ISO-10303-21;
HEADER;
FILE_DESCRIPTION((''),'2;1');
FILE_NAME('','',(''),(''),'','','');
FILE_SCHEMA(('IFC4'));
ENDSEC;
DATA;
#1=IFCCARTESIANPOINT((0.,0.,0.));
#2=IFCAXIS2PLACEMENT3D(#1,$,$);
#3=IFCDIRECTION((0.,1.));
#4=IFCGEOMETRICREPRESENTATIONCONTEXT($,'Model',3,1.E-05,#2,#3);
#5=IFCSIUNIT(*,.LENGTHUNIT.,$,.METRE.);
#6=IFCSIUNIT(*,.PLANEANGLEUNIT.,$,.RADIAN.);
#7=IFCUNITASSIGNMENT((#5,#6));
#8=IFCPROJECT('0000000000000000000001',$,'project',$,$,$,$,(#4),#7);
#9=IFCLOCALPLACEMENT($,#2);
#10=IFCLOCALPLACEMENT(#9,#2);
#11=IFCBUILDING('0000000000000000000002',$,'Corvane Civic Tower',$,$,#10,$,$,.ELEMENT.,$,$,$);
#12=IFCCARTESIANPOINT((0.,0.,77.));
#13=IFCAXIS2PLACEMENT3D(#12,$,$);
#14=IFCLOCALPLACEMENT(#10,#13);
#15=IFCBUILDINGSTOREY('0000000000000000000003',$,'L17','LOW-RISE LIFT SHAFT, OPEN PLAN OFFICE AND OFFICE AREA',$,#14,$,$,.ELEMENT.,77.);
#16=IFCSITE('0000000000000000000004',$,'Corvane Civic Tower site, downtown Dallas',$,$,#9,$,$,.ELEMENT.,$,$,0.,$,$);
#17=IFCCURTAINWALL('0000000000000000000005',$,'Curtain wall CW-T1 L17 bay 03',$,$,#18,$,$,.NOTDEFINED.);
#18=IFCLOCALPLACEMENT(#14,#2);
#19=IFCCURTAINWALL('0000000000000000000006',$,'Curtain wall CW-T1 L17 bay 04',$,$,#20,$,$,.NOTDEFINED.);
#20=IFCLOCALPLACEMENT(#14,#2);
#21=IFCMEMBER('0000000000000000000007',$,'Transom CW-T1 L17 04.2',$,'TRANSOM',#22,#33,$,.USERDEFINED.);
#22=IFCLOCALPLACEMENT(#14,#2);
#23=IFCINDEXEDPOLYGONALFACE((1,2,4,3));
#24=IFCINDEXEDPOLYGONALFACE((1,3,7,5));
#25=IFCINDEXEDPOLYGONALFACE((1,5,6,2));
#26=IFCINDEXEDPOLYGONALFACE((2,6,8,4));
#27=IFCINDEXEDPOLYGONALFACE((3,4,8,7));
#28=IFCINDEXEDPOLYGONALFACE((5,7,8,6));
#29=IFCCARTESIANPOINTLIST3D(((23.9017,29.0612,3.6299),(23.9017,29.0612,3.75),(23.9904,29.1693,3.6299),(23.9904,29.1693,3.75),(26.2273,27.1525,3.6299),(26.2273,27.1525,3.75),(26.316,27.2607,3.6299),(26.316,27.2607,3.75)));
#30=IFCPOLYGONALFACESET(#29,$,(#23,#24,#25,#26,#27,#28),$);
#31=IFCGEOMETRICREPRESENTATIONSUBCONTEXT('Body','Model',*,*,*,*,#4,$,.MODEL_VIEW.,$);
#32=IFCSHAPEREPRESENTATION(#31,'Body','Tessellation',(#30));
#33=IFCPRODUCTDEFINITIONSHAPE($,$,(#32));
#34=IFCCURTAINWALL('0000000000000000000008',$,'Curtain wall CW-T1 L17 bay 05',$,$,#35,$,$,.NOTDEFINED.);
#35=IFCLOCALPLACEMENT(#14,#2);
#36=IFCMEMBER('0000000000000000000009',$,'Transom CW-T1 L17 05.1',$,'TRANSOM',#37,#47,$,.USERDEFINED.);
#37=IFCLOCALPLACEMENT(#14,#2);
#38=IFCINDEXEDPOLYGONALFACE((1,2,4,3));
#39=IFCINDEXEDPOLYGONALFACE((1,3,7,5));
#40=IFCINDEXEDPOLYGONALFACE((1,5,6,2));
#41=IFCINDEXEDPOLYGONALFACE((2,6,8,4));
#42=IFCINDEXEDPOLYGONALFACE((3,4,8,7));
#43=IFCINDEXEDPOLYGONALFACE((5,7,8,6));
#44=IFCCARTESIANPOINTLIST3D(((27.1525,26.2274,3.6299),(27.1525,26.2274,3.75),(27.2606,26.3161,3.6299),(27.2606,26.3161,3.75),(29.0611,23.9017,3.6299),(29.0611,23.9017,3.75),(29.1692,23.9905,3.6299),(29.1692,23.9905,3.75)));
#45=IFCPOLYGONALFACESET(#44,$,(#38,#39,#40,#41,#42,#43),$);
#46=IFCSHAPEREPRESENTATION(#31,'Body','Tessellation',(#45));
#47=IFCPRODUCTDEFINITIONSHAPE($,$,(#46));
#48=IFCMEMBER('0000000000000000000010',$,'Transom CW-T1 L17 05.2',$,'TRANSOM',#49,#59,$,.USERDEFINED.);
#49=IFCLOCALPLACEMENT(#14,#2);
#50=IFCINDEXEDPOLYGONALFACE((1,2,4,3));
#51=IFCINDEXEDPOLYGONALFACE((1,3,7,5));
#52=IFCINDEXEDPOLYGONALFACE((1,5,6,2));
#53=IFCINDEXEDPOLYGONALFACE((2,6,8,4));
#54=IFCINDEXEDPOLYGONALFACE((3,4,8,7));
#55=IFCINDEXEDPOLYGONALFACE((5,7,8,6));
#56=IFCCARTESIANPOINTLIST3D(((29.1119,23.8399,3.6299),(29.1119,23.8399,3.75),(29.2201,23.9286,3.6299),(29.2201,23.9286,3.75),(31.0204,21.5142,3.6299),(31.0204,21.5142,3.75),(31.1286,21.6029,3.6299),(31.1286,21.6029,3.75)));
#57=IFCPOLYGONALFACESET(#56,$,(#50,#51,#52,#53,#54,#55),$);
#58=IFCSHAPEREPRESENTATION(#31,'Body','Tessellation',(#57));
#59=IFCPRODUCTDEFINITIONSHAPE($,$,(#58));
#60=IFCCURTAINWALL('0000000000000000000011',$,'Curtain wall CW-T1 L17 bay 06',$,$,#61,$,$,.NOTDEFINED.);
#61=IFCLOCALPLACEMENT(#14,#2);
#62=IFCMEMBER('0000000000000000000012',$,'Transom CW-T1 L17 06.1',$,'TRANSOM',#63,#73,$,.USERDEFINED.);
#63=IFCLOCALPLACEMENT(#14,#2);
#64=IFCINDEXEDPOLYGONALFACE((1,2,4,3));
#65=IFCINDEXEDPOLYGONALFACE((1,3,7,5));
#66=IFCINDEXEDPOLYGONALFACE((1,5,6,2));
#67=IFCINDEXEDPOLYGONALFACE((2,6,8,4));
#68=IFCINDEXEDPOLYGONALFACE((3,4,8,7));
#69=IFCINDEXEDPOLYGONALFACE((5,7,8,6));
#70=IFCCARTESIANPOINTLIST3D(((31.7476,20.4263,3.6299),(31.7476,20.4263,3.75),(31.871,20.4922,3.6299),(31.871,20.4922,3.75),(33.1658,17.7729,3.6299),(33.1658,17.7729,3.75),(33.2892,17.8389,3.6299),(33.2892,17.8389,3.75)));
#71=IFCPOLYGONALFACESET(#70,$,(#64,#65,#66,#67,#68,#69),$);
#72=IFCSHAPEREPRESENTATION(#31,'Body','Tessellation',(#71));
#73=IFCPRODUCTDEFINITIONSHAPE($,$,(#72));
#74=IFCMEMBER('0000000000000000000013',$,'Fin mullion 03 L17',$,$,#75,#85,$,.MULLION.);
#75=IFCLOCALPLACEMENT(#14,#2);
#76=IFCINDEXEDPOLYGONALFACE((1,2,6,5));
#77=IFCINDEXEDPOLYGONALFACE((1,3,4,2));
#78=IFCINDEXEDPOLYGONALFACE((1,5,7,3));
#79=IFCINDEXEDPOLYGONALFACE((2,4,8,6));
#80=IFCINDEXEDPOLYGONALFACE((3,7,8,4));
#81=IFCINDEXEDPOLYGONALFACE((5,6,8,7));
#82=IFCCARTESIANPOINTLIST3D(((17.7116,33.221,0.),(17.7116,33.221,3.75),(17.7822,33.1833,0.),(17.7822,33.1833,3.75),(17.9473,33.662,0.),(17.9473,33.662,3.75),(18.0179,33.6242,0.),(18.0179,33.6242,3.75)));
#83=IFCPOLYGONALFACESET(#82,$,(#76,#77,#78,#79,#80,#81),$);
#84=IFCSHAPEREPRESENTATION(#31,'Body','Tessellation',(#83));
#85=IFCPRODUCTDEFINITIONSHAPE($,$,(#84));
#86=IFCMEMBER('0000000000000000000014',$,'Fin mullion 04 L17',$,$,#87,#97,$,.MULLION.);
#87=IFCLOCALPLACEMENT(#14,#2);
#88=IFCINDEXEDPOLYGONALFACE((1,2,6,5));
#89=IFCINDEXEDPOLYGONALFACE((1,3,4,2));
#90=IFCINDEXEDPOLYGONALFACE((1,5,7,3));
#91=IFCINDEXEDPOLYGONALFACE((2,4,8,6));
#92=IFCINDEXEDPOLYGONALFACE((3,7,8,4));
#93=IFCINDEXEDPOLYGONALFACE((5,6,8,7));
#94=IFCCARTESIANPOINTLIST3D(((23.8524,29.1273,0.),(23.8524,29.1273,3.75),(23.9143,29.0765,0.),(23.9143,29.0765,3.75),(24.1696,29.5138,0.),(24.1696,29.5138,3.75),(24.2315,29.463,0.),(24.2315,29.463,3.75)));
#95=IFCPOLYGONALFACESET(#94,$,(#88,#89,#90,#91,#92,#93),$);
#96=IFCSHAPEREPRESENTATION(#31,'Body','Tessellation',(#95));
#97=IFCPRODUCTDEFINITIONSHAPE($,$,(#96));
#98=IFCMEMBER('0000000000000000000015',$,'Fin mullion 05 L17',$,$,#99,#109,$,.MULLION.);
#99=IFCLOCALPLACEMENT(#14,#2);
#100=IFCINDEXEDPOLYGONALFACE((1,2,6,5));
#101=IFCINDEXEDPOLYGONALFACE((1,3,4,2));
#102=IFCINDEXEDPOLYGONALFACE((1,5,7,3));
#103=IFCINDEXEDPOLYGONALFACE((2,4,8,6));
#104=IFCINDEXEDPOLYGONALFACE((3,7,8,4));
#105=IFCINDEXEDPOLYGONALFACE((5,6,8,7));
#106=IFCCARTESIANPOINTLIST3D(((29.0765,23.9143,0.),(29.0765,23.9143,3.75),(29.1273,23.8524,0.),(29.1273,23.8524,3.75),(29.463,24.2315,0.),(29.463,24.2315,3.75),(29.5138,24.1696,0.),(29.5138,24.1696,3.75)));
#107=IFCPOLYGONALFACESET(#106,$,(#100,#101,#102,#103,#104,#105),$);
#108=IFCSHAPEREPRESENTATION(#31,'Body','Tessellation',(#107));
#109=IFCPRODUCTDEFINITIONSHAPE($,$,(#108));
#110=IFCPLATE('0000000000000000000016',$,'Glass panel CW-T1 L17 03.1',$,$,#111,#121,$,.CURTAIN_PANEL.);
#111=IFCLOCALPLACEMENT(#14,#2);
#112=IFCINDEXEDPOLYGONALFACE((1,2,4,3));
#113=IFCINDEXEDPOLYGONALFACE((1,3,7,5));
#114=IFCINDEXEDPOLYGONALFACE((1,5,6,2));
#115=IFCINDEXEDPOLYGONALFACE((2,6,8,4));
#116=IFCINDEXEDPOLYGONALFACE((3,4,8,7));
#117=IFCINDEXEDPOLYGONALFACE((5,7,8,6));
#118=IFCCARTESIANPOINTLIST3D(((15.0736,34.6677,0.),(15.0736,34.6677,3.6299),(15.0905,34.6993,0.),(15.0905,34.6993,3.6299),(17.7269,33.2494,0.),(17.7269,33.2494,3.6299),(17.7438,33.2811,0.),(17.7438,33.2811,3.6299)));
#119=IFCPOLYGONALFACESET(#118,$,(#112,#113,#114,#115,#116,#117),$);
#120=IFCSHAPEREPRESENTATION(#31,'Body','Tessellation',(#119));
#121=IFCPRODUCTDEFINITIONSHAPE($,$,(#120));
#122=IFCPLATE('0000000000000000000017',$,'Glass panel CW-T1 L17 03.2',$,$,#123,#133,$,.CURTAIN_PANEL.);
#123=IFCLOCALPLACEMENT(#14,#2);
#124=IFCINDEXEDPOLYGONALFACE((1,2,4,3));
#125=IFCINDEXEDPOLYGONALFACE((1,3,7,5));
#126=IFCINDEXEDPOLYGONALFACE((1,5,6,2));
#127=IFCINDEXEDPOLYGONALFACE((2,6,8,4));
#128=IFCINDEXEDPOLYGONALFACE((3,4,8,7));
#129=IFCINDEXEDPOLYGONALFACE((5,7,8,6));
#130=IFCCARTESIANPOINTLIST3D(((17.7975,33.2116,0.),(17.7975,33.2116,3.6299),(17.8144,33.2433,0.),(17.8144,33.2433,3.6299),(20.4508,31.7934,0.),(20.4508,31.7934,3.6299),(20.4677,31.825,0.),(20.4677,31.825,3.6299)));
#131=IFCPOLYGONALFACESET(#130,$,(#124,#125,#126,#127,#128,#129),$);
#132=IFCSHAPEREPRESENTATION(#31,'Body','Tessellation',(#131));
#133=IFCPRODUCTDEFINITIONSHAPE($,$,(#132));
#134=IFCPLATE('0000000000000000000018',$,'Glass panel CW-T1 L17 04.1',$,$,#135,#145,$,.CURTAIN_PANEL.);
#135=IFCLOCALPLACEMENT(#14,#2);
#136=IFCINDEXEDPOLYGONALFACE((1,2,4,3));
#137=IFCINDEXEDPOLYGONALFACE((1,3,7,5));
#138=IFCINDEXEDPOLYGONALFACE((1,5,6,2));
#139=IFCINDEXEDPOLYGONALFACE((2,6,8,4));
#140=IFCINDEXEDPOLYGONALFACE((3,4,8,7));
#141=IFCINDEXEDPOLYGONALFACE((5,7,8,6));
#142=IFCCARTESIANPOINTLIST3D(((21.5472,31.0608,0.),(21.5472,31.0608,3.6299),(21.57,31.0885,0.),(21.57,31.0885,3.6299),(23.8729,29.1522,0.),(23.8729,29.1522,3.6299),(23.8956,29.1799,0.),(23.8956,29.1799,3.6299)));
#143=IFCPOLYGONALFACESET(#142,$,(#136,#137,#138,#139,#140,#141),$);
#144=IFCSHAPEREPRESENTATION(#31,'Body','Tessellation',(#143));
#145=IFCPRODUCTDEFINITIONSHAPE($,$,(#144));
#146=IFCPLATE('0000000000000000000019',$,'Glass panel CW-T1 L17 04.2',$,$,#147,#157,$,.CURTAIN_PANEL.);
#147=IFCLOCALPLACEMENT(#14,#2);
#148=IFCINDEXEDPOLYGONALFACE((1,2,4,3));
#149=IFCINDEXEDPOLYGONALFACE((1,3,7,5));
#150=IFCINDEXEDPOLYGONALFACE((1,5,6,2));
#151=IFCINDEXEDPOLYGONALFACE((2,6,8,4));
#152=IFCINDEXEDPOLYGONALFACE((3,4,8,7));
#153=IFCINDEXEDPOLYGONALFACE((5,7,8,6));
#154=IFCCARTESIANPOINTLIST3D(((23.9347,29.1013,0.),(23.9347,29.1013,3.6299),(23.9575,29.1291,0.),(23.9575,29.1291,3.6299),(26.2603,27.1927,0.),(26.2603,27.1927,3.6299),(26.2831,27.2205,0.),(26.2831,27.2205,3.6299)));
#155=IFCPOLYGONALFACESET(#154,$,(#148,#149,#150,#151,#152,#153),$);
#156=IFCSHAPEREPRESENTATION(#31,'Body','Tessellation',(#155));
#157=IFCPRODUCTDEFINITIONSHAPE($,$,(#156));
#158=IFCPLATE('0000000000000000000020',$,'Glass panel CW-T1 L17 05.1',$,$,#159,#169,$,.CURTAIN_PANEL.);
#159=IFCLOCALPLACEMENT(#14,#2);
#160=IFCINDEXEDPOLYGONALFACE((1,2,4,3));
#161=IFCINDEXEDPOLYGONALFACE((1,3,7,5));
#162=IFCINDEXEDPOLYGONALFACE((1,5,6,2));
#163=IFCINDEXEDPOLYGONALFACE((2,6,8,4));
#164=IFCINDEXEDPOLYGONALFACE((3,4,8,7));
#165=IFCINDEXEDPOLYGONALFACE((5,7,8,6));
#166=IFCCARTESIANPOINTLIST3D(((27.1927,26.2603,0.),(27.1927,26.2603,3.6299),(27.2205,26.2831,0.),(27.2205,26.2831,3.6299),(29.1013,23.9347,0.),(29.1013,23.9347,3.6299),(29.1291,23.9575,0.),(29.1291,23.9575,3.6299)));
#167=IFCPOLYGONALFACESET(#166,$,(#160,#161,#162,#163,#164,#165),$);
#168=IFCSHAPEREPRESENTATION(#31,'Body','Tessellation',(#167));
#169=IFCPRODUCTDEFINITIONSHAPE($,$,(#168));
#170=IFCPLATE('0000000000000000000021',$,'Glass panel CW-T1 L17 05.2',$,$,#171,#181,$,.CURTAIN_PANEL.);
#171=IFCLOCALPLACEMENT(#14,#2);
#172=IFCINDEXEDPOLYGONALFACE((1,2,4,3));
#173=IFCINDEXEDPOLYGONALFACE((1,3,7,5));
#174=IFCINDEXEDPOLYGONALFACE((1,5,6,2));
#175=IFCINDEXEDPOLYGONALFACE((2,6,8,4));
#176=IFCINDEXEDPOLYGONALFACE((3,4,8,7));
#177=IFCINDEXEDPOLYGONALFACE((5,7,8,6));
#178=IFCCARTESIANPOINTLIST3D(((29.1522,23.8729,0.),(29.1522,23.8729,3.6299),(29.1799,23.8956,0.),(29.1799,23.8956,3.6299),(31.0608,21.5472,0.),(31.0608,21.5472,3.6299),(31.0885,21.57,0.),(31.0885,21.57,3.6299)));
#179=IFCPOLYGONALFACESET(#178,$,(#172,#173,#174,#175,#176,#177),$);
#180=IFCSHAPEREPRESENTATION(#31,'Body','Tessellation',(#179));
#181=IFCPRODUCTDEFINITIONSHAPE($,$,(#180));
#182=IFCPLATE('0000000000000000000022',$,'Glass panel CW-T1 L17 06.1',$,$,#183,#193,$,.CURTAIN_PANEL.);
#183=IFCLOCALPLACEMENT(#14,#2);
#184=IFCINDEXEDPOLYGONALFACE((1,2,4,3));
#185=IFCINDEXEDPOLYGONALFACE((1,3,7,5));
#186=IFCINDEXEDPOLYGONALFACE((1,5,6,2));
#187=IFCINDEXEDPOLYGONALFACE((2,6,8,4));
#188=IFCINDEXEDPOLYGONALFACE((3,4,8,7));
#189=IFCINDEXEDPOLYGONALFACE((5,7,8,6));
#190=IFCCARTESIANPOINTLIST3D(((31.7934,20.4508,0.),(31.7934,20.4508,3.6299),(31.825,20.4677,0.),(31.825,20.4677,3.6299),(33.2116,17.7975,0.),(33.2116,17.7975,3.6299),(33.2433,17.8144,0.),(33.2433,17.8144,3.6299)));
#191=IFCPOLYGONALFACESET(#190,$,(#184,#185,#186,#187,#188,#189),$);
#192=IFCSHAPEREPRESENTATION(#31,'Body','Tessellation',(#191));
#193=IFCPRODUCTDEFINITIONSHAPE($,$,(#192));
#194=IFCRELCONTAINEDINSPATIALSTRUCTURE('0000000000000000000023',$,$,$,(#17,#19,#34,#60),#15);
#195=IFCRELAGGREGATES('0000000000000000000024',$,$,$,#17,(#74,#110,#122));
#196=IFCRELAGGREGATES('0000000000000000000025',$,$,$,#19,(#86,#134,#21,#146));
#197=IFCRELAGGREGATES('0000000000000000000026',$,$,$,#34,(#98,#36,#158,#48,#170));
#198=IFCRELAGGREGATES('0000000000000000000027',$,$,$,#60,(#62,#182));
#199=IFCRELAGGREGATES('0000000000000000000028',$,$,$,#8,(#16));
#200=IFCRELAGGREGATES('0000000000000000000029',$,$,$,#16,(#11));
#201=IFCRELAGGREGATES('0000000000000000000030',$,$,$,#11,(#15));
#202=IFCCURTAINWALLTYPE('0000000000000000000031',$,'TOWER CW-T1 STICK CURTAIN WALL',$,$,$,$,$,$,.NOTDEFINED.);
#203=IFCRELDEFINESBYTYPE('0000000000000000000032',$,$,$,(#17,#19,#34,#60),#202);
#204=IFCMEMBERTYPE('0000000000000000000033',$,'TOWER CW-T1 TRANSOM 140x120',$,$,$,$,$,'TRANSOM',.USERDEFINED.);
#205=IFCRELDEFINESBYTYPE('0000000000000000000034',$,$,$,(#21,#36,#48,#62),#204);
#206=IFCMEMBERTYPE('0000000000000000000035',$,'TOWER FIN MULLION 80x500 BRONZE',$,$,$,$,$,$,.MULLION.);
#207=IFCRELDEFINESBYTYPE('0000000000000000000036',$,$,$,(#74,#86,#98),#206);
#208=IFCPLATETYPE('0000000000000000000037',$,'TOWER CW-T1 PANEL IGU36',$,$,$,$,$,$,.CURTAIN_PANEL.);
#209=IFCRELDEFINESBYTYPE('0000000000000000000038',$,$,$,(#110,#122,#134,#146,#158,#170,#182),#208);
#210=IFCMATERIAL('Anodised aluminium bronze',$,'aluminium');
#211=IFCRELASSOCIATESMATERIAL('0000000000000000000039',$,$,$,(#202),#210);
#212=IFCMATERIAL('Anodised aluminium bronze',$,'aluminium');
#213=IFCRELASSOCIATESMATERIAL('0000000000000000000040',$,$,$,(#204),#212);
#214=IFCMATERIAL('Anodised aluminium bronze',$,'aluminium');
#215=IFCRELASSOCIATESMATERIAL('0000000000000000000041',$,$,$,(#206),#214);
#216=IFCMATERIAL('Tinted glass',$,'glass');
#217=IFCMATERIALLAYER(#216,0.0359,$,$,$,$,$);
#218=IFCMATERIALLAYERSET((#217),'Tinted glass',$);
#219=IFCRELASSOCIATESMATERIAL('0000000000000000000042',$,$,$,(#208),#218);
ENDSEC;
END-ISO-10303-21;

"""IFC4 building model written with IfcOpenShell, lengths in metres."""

from ifc_helpers import new_model, si_unit, direction, frame, origin, origin_2d, place, context, subcontext, project, spatial, rectangle, extrude, material, layer, layer_set, material_profile, profile_set, type_object, element, aggregate, save


model = new_model("IFC4")

# Units and contexts
model_context = context("Model", 3, precision=1e-05, world=origin(), true_north=direction((0.0, 1.0)))
body_context = subcontext(model_context, "Body", "Model", "MODEL_VIEW")
ifc_project = project(units=[si_unit("LENGTHUNIT", "METRE"), si_unit("PLANEANGLEUNIT", "RADIAN")], contexts=[model_context])

# Site, building, storey
site_placement = place(None, origin())
site = spatial("IfcSite", under=ifc_project, at=site_placement, Name="Corvane Civic Tower site, downtown Dallas", CompositionType="ELEMENT", RefElevation=0.0)
building_placement = place(site_placement, origin())
building = spatial("IfcBuilding", under=site, at=building_placement, Name="Corvane Civic Tower", CompositionType="ELEMENT")
storey_placement = place(building_placement, frame((0.0, 0.0, 77.0)))
storey = spatial("IfcBuildingStorey", under=building, at=storey_placement, Name="L17", Description="LOW-RISE LIFT SHAFT, OPEN PLAN OFFICE AND OFFICE AREA", CompositionType="ELEMENT", Elevation=77.0)

# Curtain wall
ifc_material_1 = material(Name="Anodised aluminium bronze", Category="aluminium")
curtain_wall_type = type_object("IfcCurtainWallType", Name="TOWER CW-T1 STICK CURTAIN WALL", PredefinedType="NOTDEFINED", material=ifc_material_1)
curtain_wall_1_placement = place(storey_placement, origin())
curtain_wall_1 = element("IfcCurtainWall", 1, at=curtain_wall_1_placement, inside=storey, type_object=curtain_wall_type, Name="Curtain wall CW-T1 L17 bay 03", PredefinedType="NOTDEFINED")
ifc_material_2 = material(Name="Anodised aluminium bronze", Category="aluminium")
ifc_material_profile_1 = material_profile(ifc_material_2, rectangle(XDim=0.1399, YDim=0.1201, at=origin_2d()), Name="TOWER CW-T1 TRANSOM 140x120")
ifc_profile_set_1 = profile_set([ifc_material_profile_1], Name="Anodised aluminium bronze")
member_type_1 = type_object("IfcMemberType", Name="TOWER CW-T1 TRANSOM 140x120", ElementType="TRANSOM", PredefinedType="USERDEFINED", material=ifc_profile_set_1)

# Curtain walls, members
curtain_wall_2_placement = place(storey_placement, origin())
curtain_wall_2 = element("IfcCurtainWall", 2, at=curtain_wall_2_placement, inside=storey, type_object=curtain_wall_type, Name="Curtain wall CW-T1 L17 bay 04", PredefinedType="NOTDEFINED")
member_1_placement = place(storey_placement, frame((23.946, 29.1152, 3.6899), z_axis=(0.773002, -0.634404, 0.0), x_axis=(0.634404, 0.773002, 0.0)))
member_1 = element("IfcMember", 3, at=member_1_placement, type_object=member_type_1, Name="Transom CW-T1 L17 04.2", ObjectType="TRANSOM", PredefinedType="USERDEFINED", context=body_context, shape_type="SweptSolid", body=[
    extrude(rectangle(XDim=0.1399, YDim=0.1201, at=origin_2d()), origin(), (0.0, 0.0, 1.0), 3.0085),
])
curtain_wall_3_placement = place(storey_placement, origin())
curtain_wall_3 = element("IfcCurtainWall", 4, at=curtain_wall_3_placement, inside=storey, type_object=curtain_wall_type, Name="Curtain wall CW-T1 L17 bay 05", PredefinedType="NOTDEFINED")
member_2_placement = place(storey_placement, frame((27.2065, 26.2717, 3.6899), z_axis=(0.634404, -0.773002, 0.0), x_axis=(0.773002, 0.634404, 0.0)))
member_2 = element("IfcMember", 5, at=member_2_placement, type_object=member_type_1, Name="Transom CW-T1 L17 05.1", ObjectType="TRANSOM", PredefinedType="USERDEFINED", context=body_context, shape_type="SweptSolid", body=[
    extrude(rectangle(XDim=0.1399, YDim=0.1201, at=origin_2d()), origin(), (0.0, 0.0, 1.0), 3.0085),
])
member_3_placement = place(storey_placement, frame((29.166, 23.8843, 3.6899), z_axis=(0.634355, -0.773042, 0.0), x_axis=(0.773042, 0.634355, 0.0)))
member_3 = element("IfcMember", 6, at=member_3_placement, type_object=member_type_1, Name="Transom CW-T1 L17 05.2", ObjectType="TRANSOM", PredefinedType="USERDEFINED", context=body_context, shape_type="SweptSolid", body=[
    extrude(rectangle(XDim=0.1399, YDim=0.1201, at=origin_2d()), origin(), (0.0, 0.0, 1.0), 3.0085),
])

# Curtain wall, member
curtain_wall_4_placement = place(storey_placement, origin())
curtain_wall_4 = element("IfcCurtainWall", 7, at=curtain_wall_4_placement, inside=storey, type_object=curtain_wall_type, Name="Curtain wall CW-T1 L17 bay 06", PredefinedType="NOTDEFINED")
member_4_placement = place(storey_placement, frame((31.8093, 20.4592, 3.6899), z_axis=(0.471393, -0.881924, 0.0), x_axis=(0.881924, 0.471393, 0.0)))
member_4 = element("IfcMember", 8, at=member_4_placement, type_object=member_type_1, Name="Transom CW-T1 L17 06.1", ObjectType="TRANSOM", PredefinedType="USERDEFINED", context=body_context, shape_type="SweptSolid", body=[
    extrude(rectangle(XDim=0.1399, YDim=0.1201, at=origin_2d()), origin(), (0.0, 0.0, 1.0), 3.0085),
])

# Members
ifc_material_3 = material(Name="Anodised aluminium bronze", Category="aluminium")
ifc_material_profile_2 = material_profile(ifc_material_3, rectangle(XDim=0.0801, YDim=0.5, at=origin_2d()), Name="TOWER FIN MULLION 80x500 BRONZE")
ifc_profile_set_2 = profile_set([ifc_material_profile_2], Name="Anodised aluminium bronze")
member_type_2 = type_object("IfcMemberType", Name="TOWER FIN MULLION 80x500 BRONZE", PredefinedType="MULLION", material=ifc_profile_set_2)
member_5_placement = place(storey_placement, frame((17.8647, 33.4226, 0.0), z_axis=(0.0, 0.0, 1.0), x_axis=(0.881918, -0.471404, 0.0)))
member_5 = element("IfcMember", 9, at=member_5_placement, type_object=member_type_2, Name="Fin mullion 03 L17", PredefinedType="MULLION", context=body_context, shape_type="SweptSolid", body=[
    extrude(rectangle(XDim=0.0801, YDim=0.5, at=origin_2d()), origin(), (0.0, 0.0, 1.0), 3.75),
])
member_6_placement = place(storey_placement, frame((24.042, 29.2952, 0.0), z_axis=(0.0, 0.0, 1.0), x_axis=(0.773007, -0.634397, 0.0)))
member_6 = element("IfcMember", 10, at=member_6_placement, type_object=member_type_2, Name="Fin mullion 04 L17", PredefinedType="MULLION", context=body_context, shape_type="SweptSolid", body=[
    extrude(rectangle(XDim=0.0801, YDim=0.5, at=origin_2d()), origin(), (0.0, 0.0, 1.0), 3.75),
])
member_7_placement = place(storey_placement, frame((29.2952, 24.042, 0.0), z_axis=(0.0, 0.0, 1.0), x_axis=(0.634397, -0.773007, 0.0)))
member_7 = element("IfcMember", 11, at=member_7_placement, type_object=member_type_2, Name="Fin mullion 05 L17", PredefinedType="MULLION", context=body_context, shape_type="SweptSolid", body=[
    extrude(rectangle(XDim=0.0801, YDim=0.5, at=origin_2d()), origin(), (0.0, 0.0, 1.0), 3.75),
])

# Plates
ifc_material_4 = material(Name="Tinted glass", Category="glass")
ifc_layer = layer(ifc_material_4, 0.0359)
ifc_layer_set = layer_set([ifc_layer], Name="Tinted glass")
plate_type = type_object("IfcPlateType", Name="TOWER CW-T1 PANEL IGU36", PredefinedType="CURTAIN_PANEL", material=ifc_layer_set)
plate_1_placement = place(storey_placement, frame((16.4087, 33.9744, 0.0), z_axis=(0.0, 0.0, 1.0), x_axis=(0.881918, -0.471404, 0.0)))
plate_1 = element("IfcPlate", 12, at=plate_1_placement, type_object=plate_type, Name="Glass panel CW-T1 L17 03.1", PredefinedType="CURTAIN_PANEL", context=body_context, shape_type="SweptSolid", body=[
    extrude(rectangle(XDim=3.0085, YDim=0.0359, at=origin_2d()), origin(), (0.0, 0.0, 1.0), 3.6299),
])
plate_2_placement = place(storey_placement, frame((19.1326, 32.5183, 0.0), z_axis=(0.0, 0.0, 1.0), x_axis=(0.881918, -0.471404, 0.0)))
plate_2 = element("IfcPlate", 13, at=plate_2_placement, type_object=plate_type, Name="Glass panel CW-T1 L17 03.2", PredefinedType="CURTAIN_PANEL", context=body_context, shape_type="SweptSolid", body=[
    extrude(rectangle(XDim=3.0085, YDim=0.0359, at=origin_2d()), origin(), (0.0, 0.0, 1.0), 3.6299),
])
aggregate(curtain_wall_1, [member_5, plate_1, plate_2])
plate_3_placement = place(storey_placement, frame((22.7214, 30.1204, 0.0), z_axis=(0.0, 0.0, 1.0), x_axis=(0.773007, -0.634397, 0.0)))
plate_3 = element("IfcPlate", 14, at=plate_3_placement, type_object=plate_type, Name="Glass panel CW-T1 L17 04.1", PredefinedType="CURTAIN_PANEL", context=body_context, shape_type="SweptSolid", body=[
    extrude(rectangle(XDim=3.0085, YDim=0.0359, at=origin_2d()), origin(), (0.0, 0.0, 1.0), 3.6299),
])
plate_4_placement = place(storey_placement, frame((25.1089, 28.1609, 0.0), z_axis=(0.0, 0.0, 1.0), x_axis=(0.773007, -0.634397, 0.0)))
plate_4 = element("IfcPlate", 15, at=plate_4_placement, type_object=plate_type, Name="Glass panel CW-T1 L17 04.2", PredefinedType="CURTAIN_PANEL", context=body_context, shape_type="SweptSolid", body=[
    extrude(rectangle(XDim=3.0085, YDim=0.0359, at=origin_2d()), origin(), (0.0, 0.0, 1.0), 3.6299),
])
aggregate(curtain_wall_2, [member_6, plate_3, member_1, plate_4])
plate_5_placement = place(storey_placement, frame((28.1609, 25.1089, 0.0), z_axis=(0.0, 0.0, 1.0), x_axis=(0.634397, -0.773007, 0.0)))
plate_5 = element("IfcPlate", 16, at=plate_5_placement, type_object=plate_type, Name="Glass panel CW-T1 L17 05.1", PredefinedType="CURTAIN_PANEL", context=body_context, shape_type="SweptSolid", body=[
    extrude(rectangle(XDim=3.0085, YDim=0.0359, at=origin_2d()), origin(), (0.0, 0.0, 1.0), 3.6299),
])
plate_6_placement = place(storey_placement, frame((30.1204, 22.7214, 0.0), z_axis=(0.0, 0.0, 1.0), x_axis=(0.634397, -0.773007, 0.0)))
plate_6 = element("IfcPlate", 17, at=plate_6_placement, type_object=plate_type, Name="Glass panel CW-T1 L17 05.2", PredefinedType="CURTAIN_PANEL", context=body_context, shape_type="SweptSolid", body=[
    extrude(rectangle(XDim=3.0085, YDim=0.0359, at=origin_2d()), origin(), (0.0, 0.0, 1.0), 3.6299),
])
aggregate(curtain_wall_3, [member_7, member_2, plate_5, member_3, plate_6])
plate_7_placement = place(storey_placement, frame((32.5183, 19.1326, 0.0), z_axis=(0.0, 0.0, 1.0), x_axis=(0.471404, -0.881918, 0.0)))
plate_7 = element("IfcPlate", 18, at=plate_7_placement, type_object=plate_type, Name="Glass panel CW-T1 L17 06.1", PredefinedType="CURTAIN_PANEL", context=body_context, shape_type="SweptSolid", body=[
    extrude(rectangle(XDim=3.0085, YDim=0.0359, at=origin_2d()), origin(), (0.0, 0.0, 1.0), 3.6299),
])
aggregate(curtain_wall_4, [member_4, plate_7])

save(model, "model.ifc")
